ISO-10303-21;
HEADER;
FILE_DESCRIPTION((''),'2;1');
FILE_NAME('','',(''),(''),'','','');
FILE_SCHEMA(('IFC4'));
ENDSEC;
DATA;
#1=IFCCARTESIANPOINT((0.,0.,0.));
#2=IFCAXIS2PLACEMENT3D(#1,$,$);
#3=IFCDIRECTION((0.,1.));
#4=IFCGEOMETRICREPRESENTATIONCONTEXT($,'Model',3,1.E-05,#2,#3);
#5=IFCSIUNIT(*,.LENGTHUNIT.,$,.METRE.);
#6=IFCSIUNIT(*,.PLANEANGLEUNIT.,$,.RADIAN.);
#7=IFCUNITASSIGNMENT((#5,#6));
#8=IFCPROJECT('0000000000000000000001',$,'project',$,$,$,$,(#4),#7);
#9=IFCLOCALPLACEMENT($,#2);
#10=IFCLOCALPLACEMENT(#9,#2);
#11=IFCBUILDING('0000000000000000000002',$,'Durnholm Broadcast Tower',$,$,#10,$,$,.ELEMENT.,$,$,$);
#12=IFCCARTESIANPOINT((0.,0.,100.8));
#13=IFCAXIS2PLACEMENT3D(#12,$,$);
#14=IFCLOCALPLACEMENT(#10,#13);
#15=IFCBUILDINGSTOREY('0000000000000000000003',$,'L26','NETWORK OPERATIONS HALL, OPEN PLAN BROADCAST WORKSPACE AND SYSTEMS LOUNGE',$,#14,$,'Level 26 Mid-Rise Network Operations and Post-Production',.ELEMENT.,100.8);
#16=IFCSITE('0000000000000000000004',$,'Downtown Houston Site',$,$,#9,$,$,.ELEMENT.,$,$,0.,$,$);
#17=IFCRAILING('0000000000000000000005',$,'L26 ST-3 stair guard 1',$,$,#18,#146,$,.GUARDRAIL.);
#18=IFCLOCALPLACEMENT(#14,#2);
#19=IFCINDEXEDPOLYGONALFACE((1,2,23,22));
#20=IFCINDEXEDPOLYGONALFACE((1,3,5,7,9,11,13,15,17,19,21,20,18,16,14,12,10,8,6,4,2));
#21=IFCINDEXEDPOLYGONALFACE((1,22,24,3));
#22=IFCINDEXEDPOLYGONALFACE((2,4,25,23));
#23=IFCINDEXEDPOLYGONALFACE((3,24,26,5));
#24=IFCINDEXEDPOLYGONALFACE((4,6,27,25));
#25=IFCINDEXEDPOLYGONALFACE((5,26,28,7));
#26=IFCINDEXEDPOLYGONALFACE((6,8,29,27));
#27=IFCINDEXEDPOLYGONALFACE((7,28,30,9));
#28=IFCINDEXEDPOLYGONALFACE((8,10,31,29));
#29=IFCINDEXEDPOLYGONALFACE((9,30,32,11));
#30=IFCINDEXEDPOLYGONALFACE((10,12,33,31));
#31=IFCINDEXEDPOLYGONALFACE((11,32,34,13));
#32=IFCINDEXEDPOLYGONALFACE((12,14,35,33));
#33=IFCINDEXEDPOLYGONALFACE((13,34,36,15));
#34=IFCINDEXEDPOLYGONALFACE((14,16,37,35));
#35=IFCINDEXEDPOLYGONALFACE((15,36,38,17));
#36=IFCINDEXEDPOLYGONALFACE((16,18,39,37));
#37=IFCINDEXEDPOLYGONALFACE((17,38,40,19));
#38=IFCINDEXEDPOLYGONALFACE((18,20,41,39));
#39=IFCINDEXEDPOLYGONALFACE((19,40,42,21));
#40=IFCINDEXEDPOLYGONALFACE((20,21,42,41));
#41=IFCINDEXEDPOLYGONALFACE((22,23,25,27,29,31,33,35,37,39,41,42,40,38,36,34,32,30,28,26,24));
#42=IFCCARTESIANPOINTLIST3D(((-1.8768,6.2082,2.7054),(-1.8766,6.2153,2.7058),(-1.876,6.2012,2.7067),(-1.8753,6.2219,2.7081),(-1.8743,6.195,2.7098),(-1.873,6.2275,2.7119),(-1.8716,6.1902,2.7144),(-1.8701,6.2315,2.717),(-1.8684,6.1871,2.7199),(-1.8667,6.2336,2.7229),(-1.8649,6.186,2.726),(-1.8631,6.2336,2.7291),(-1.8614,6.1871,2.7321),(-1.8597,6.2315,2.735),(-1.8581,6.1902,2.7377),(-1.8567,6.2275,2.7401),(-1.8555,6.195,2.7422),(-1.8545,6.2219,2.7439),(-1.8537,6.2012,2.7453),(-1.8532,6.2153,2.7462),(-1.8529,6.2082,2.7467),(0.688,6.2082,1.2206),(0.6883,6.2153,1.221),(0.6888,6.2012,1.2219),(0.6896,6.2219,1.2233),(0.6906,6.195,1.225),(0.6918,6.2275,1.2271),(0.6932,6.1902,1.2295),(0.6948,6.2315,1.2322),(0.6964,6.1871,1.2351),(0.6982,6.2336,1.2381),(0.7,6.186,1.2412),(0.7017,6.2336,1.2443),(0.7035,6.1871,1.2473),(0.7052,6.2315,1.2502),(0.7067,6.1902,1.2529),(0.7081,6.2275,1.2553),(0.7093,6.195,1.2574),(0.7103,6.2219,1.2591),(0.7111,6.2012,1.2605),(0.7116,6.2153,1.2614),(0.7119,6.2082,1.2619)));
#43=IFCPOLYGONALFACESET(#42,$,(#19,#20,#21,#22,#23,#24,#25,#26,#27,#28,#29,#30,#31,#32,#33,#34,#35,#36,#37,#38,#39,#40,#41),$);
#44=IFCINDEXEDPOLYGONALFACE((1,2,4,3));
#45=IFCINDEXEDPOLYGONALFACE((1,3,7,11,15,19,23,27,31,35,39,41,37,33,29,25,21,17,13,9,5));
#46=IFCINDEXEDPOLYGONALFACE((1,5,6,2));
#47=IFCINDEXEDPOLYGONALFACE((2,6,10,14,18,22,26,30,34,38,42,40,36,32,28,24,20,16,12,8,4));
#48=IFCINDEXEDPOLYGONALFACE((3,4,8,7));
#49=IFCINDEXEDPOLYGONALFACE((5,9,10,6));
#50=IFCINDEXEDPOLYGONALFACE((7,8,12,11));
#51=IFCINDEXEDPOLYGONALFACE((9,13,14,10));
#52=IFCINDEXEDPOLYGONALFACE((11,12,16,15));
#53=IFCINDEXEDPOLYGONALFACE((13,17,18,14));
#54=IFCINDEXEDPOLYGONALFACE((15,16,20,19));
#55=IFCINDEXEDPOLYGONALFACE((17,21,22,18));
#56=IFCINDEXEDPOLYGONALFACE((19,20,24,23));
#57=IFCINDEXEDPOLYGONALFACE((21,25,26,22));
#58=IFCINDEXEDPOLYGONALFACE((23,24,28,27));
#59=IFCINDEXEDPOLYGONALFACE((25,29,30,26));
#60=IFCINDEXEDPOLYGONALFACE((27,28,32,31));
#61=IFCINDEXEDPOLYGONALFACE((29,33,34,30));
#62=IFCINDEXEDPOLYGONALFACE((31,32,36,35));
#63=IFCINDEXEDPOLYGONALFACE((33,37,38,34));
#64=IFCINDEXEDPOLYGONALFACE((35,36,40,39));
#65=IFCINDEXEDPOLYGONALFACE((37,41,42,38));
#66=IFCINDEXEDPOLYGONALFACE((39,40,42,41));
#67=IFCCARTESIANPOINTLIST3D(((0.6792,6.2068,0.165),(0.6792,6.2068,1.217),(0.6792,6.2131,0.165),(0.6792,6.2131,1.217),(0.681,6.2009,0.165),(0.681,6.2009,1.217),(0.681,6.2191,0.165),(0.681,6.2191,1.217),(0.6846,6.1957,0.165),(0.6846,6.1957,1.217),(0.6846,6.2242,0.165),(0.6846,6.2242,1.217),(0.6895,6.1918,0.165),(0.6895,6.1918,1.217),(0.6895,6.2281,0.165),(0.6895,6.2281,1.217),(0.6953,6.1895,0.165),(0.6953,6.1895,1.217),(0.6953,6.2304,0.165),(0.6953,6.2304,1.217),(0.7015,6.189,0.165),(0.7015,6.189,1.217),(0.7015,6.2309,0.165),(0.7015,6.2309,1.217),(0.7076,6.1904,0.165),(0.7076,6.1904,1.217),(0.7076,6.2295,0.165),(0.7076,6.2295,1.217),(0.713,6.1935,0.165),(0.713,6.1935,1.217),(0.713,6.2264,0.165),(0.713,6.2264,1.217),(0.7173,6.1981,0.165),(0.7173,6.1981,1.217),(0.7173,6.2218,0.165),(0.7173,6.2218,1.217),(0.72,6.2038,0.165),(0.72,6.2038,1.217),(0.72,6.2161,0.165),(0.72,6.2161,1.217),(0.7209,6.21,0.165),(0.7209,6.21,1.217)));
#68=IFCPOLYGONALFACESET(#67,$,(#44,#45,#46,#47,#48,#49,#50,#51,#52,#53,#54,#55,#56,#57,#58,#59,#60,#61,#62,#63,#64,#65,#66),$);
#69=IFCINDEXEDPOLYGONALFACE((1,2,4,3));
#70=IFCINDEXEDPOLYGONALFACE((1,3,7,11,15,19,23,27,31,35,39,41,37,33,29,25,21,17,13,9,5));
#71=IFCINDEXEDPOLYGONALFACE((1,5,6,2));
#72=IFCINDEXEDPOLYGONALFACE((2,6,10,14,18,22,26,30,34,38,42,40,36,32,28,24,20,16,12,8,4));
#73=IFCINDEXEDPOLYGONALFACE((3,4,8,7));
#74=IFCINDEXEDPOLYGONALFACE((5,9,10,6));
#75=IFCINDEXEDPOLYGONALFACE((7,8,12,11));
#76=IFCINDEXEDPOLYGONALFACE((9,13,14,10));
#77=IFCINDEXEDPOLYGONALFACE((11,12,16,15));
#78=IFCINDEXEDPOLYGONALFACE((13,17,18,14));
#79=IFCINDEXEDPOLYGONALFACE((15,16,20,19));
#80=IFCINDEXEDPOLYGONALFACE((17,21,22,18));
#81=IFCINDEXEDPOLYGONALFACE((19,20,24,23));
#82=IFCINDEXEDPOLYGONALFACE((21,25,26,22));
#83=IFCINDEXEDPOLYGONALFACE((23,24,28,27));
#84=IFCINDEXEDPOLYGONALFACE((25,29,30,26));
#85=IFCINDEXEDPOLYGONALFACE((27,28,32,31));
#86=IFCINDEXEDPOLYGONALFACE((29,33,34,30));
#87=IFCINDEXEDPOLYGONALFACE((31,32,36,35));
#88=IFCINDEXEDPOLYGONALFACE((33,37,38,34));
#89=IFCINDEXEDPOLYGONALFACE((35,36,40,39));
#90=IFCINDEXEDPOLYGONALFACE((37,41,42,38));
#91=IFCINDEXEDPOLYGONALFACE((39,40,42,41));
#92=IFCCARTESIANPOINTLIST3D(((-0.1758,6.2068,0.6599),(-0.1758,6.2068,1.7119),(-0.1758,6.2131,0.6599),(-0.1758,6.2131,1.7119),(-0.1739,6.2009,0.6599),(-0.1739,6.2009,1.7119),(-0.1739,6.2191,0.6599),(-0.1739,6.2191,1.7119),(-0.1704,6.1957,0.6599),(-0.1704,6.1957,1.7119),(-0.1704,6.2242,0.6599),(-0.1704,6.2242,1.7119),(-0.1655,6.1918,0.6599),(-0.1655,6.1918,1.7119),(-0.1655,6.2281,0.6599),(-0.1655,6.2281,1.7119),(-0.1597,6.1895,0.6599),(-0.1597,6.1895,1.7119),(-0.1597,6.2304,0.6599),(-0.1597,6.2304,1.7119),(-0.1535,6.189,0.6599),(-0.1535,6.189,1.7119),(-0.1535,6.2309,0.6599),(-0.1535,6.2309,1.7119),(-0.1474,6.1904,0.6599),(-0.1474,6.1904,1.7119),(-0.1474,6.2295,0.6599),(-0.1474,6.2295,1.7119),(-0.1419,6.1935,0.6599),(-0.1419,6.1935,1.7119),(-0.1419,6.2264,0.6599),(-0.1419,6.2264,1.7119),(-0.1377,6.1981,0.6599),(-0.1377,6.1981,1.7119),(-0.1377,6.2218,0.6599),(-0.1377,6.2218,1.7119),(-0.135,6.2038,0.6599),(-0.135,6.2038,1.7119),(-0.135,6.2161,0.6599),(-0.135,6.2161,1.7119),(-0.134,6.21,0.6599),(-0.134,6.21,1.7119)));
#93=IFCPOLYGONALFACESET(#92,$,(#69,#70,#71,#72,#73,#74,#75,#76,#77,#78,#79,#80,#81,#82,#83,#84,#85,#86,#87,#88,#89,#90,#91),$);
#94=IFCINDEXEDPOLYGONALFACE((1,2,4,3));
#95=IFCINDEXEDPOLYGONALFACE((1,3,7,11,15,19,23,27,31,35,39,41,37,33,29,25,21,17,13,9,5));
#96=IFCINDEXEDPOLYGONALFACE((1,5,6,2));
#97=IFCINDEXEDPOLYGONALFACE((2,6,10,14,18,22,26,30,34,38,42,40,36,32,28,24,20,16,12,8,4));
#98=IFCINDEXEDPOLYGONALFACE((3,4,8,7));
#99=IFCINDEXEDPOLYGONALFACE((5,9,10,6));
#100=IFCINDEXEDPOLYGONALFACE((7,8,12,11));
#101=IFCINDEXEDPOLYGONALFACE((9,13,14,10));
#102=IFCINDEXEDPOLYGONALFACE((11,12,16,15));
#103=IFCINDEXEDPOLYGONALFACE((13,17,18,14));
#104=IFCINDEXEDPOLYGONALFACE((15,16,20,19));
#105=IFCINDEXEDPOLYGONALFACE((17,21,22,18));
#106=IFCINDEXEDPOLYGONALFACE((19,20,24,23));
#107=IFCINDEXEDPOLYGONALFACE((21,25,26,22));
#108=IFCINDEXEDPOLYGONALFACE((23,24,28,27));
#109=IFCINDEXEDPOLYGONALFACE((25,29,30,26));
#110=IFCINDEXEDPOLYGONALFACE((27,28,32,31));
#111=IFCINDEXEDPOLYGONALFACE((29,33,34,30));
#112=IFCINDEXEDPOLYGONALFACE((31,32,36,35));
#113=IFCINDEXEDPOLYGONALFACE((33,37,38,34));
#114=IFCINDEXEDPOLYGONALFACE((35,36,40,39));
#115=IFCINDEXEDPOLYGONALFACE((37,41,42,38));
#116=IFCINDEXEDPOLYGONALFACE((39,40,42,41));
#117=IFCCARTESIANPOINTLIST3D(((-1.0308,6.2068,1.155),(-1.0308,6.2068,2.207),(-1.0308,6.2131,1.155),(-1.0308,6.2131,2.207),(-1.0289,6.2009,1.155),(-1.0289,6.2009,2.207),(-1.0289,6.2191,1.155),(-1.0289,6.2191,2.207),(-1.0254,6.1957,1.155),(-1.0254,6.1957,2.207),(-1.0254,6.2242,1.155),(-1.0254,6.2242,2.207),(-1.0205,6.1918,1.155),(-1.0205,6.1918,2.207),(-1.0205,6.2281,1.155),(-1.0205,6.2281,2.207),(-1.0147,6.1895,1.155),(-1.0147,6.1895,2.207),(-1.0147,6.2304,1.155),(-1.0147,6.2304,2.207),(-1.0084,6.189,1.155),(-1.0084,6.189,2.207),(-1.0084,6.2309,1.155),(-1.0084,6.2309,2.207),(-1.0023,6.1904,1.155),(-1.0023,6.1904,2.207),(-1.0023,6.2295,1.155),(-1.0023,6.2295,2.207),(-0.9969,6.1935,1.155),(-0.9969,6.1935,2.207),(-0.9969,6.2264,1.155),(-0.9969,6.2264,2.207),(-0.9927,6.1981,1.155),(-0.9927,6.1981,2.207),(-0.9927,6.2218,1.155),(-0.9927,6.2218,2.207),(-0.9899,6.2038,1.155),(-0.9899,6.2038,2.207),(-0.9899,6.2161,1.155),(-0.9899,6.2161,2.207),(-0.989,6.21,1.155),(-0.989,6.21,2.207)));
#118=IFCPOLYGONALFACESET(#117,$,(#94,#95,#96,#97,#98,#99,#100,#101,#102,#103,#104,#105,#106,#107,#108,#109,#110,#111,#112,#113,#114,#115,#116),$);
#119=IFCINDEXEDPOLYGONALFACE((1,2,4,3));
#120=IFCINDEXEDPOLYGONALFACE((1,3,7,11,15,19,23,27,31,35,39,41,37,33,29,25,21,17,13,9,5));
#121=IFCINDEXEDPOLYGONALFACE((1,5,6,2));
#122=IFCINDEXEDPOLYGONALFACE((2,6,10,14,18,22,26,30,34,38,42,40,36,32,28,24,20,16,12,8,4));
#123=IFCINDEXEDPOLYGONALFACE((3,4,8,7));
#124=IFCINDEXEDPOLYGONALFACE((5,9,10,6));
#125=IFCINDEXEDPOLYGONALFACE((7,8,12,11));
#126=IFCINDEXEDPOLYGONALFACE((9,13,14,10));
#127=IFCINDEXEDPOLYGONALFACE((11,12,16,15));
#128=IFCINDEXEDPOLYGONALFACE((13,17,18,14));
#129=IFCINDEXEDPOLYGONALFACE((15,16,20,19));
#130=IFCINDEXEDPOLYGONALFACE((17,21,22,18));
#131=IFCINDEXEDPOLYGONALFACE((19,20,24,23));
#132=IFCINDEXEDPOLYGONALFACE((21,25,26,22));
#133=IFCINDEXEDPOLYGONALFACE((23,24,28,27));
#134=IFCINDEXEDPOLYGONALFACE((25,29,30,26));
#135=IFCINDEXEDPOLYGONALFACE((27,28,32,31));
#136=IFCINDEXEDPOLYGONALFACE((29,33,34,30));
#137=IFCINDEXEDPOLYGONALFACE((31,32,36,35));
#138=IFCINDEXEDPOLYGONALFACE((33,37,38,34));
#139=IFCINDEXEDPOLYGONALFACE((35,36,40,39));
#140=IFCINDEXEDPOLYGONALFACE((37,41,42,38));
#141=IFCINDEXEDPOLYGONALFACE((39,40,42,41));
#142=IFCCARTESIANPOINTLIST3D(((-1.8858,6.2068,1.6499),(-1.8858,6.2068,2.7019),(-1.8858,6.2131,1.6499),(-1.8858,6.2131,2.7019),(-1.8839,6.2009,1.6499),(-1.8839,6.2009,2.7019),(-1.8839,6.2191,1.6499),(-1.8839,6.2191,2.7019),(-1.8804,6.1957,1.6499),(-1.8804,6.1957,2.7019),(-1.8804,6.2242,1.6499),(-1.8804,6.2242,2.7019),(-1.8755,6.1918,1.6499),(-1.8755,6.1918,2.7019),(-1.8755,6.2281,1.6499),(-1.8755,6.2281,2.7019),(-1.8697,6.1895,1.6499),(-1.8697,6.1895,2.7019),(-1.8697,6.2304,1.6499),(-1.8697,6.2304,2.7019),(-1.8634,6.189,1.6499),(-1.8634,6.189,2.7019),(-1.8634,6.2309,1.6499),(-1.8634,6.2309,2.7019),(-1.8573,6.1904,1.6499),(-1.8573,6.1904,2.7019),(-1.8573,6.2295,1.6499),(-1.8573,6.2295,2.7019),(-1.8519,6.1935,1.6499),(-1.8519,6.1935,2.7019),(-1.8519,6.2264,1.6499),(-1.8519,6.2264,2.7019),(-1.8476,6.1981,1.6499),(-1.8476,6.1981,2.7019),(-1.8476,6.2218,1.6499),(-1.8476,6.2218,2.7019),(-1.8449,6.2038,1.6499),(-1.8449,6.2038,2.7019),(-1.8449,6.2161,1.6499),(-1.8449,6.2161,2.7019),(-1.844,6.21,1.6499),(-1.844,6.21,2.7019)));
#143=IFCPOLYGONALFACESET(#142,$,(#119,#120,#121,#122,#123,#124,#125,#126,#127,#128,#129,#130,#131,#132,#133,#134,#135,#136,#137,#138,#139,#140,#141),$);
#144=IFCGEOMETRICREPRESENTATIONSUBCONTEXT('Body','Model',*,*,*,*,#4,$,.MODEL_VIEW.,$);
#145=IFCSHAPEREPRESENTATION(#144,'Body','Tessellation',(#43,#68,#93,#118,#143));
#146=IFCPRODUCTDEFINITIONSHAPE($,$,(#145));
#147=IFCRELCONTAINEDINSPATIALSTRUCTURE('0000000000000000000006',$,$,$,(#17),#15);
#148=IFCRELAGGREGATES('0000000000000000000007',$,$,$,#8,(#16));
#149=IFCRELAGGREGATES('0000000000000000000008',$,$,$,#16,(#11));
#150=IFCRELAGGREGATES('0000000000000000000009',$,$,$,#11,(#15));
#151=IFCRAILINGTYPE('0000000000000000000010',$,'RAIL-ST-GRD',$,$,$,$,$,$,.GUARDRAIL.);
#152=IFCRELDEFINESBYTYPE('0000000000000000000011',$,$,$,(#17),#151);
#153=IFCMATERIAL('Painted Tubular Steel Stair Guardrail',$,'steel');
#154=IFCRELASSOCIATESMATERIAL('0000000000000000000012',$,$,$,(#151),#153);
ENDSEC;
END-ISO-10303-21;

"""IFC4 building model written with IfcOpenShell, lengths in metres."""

from ifc_helpers import new_model, si_unit, direction, frame, origin, origin_2d, place, context, subcontext, project, spatial, circle, extrude, material, type_object, element, save


model = new_model("IFC4")

# Units and contexts
model_context = context("Model", 3, precision=1e-05, world=origin(), true_north=direction((0.0, 1.0)))
body_context = subcontext(model_context, "Body", "Model", "MODEL_VIEW")
ifc_project = project(units=[si_unit("LENGTHUNIT", "METRE"), si_unit("PLANEANGLEUNIT", "RADIAN")], contexts=[model_context])

# Site, building, storey
site_placement = place(None, origin())
site = spatial("IfcSite", under=ifc_project, at=site_placement, Name="Downtown Houston Site", CompositionType="ELEMENT", RefElevation=0.0)
building_placement = place(site_placement, origin())
building = spatial("IfcBuilding", under=site, at=building_placement, Name="Durnholm Broadcast Tower", CompositionType="ELEMENT")
storey_placement = place(building_placement, frame((0.0, 0.0, 100.8)))
storey = spatial("IfcBuildingStorey", under=building, at=storey_placement, Name="L26", Description="NETWORK OPERATIONS HALL, OPEN PLAN BROADCAST WORKSPACE AND SYSTEMS LOUNGE", LongName="Level 26 Mid-Rise Network Operations and Post-Production", CompositionType="ELEMENT", Elevation=100.8)

# Railing
ifc_material_1 = material(Name="Painted Tubular Steel Stair Guardrail", Category="steel")
railing_type_1 = type_object("IfcRailingType", Name="RAIL-ST-GRD", PredefinedType="GUARDRAIL", material=ifc_material_1)
railing_1_placement = place(storey_placement, frame((0.7, 6.21, 0.165)))
element("IfcRailing", 1, at=railing_1_placement, inside=storey, type_object=railing_type_1, Name="L26 ST-3 stair guard 1", PredefinedType="GUARDRAIL", context=body_context, shape_type="SweptSolid", body=[
    extrude(circle(Radius=0.0239, at=origin_2d()), frame((0.0, 0.0, 1.0762), z_axis=(-0.865441, 0.0, 0.50101), x_axis=(0.0, -1.0, 0.0)), (0.0, 0.0, 1.0), 2.9636),
    extrude(circle(Radius=0.021, at=origin_2d()), origin(), (0.0, 0.0, 1.0), 1.052),
    extrude(circle(Radius=0.021, at=origin_2d()), frame((-0.855, 0.0, 0.4949)), (0.0, 0.0, 1.0), 1.052),
    extrude(circle(Radius=0.021, at=origin_2d()), frame((-1.71, 0.0, 0.99)), (0.0, 0.0, 1.0), 1.052),
    extrude(circle(Radius=0.021, at=origin_2d()), frame((-2.5649, 0.0, 1.4849)), (0.0, 0.0, 1.0), 1.052),
])

save(model, "model.ifc")
